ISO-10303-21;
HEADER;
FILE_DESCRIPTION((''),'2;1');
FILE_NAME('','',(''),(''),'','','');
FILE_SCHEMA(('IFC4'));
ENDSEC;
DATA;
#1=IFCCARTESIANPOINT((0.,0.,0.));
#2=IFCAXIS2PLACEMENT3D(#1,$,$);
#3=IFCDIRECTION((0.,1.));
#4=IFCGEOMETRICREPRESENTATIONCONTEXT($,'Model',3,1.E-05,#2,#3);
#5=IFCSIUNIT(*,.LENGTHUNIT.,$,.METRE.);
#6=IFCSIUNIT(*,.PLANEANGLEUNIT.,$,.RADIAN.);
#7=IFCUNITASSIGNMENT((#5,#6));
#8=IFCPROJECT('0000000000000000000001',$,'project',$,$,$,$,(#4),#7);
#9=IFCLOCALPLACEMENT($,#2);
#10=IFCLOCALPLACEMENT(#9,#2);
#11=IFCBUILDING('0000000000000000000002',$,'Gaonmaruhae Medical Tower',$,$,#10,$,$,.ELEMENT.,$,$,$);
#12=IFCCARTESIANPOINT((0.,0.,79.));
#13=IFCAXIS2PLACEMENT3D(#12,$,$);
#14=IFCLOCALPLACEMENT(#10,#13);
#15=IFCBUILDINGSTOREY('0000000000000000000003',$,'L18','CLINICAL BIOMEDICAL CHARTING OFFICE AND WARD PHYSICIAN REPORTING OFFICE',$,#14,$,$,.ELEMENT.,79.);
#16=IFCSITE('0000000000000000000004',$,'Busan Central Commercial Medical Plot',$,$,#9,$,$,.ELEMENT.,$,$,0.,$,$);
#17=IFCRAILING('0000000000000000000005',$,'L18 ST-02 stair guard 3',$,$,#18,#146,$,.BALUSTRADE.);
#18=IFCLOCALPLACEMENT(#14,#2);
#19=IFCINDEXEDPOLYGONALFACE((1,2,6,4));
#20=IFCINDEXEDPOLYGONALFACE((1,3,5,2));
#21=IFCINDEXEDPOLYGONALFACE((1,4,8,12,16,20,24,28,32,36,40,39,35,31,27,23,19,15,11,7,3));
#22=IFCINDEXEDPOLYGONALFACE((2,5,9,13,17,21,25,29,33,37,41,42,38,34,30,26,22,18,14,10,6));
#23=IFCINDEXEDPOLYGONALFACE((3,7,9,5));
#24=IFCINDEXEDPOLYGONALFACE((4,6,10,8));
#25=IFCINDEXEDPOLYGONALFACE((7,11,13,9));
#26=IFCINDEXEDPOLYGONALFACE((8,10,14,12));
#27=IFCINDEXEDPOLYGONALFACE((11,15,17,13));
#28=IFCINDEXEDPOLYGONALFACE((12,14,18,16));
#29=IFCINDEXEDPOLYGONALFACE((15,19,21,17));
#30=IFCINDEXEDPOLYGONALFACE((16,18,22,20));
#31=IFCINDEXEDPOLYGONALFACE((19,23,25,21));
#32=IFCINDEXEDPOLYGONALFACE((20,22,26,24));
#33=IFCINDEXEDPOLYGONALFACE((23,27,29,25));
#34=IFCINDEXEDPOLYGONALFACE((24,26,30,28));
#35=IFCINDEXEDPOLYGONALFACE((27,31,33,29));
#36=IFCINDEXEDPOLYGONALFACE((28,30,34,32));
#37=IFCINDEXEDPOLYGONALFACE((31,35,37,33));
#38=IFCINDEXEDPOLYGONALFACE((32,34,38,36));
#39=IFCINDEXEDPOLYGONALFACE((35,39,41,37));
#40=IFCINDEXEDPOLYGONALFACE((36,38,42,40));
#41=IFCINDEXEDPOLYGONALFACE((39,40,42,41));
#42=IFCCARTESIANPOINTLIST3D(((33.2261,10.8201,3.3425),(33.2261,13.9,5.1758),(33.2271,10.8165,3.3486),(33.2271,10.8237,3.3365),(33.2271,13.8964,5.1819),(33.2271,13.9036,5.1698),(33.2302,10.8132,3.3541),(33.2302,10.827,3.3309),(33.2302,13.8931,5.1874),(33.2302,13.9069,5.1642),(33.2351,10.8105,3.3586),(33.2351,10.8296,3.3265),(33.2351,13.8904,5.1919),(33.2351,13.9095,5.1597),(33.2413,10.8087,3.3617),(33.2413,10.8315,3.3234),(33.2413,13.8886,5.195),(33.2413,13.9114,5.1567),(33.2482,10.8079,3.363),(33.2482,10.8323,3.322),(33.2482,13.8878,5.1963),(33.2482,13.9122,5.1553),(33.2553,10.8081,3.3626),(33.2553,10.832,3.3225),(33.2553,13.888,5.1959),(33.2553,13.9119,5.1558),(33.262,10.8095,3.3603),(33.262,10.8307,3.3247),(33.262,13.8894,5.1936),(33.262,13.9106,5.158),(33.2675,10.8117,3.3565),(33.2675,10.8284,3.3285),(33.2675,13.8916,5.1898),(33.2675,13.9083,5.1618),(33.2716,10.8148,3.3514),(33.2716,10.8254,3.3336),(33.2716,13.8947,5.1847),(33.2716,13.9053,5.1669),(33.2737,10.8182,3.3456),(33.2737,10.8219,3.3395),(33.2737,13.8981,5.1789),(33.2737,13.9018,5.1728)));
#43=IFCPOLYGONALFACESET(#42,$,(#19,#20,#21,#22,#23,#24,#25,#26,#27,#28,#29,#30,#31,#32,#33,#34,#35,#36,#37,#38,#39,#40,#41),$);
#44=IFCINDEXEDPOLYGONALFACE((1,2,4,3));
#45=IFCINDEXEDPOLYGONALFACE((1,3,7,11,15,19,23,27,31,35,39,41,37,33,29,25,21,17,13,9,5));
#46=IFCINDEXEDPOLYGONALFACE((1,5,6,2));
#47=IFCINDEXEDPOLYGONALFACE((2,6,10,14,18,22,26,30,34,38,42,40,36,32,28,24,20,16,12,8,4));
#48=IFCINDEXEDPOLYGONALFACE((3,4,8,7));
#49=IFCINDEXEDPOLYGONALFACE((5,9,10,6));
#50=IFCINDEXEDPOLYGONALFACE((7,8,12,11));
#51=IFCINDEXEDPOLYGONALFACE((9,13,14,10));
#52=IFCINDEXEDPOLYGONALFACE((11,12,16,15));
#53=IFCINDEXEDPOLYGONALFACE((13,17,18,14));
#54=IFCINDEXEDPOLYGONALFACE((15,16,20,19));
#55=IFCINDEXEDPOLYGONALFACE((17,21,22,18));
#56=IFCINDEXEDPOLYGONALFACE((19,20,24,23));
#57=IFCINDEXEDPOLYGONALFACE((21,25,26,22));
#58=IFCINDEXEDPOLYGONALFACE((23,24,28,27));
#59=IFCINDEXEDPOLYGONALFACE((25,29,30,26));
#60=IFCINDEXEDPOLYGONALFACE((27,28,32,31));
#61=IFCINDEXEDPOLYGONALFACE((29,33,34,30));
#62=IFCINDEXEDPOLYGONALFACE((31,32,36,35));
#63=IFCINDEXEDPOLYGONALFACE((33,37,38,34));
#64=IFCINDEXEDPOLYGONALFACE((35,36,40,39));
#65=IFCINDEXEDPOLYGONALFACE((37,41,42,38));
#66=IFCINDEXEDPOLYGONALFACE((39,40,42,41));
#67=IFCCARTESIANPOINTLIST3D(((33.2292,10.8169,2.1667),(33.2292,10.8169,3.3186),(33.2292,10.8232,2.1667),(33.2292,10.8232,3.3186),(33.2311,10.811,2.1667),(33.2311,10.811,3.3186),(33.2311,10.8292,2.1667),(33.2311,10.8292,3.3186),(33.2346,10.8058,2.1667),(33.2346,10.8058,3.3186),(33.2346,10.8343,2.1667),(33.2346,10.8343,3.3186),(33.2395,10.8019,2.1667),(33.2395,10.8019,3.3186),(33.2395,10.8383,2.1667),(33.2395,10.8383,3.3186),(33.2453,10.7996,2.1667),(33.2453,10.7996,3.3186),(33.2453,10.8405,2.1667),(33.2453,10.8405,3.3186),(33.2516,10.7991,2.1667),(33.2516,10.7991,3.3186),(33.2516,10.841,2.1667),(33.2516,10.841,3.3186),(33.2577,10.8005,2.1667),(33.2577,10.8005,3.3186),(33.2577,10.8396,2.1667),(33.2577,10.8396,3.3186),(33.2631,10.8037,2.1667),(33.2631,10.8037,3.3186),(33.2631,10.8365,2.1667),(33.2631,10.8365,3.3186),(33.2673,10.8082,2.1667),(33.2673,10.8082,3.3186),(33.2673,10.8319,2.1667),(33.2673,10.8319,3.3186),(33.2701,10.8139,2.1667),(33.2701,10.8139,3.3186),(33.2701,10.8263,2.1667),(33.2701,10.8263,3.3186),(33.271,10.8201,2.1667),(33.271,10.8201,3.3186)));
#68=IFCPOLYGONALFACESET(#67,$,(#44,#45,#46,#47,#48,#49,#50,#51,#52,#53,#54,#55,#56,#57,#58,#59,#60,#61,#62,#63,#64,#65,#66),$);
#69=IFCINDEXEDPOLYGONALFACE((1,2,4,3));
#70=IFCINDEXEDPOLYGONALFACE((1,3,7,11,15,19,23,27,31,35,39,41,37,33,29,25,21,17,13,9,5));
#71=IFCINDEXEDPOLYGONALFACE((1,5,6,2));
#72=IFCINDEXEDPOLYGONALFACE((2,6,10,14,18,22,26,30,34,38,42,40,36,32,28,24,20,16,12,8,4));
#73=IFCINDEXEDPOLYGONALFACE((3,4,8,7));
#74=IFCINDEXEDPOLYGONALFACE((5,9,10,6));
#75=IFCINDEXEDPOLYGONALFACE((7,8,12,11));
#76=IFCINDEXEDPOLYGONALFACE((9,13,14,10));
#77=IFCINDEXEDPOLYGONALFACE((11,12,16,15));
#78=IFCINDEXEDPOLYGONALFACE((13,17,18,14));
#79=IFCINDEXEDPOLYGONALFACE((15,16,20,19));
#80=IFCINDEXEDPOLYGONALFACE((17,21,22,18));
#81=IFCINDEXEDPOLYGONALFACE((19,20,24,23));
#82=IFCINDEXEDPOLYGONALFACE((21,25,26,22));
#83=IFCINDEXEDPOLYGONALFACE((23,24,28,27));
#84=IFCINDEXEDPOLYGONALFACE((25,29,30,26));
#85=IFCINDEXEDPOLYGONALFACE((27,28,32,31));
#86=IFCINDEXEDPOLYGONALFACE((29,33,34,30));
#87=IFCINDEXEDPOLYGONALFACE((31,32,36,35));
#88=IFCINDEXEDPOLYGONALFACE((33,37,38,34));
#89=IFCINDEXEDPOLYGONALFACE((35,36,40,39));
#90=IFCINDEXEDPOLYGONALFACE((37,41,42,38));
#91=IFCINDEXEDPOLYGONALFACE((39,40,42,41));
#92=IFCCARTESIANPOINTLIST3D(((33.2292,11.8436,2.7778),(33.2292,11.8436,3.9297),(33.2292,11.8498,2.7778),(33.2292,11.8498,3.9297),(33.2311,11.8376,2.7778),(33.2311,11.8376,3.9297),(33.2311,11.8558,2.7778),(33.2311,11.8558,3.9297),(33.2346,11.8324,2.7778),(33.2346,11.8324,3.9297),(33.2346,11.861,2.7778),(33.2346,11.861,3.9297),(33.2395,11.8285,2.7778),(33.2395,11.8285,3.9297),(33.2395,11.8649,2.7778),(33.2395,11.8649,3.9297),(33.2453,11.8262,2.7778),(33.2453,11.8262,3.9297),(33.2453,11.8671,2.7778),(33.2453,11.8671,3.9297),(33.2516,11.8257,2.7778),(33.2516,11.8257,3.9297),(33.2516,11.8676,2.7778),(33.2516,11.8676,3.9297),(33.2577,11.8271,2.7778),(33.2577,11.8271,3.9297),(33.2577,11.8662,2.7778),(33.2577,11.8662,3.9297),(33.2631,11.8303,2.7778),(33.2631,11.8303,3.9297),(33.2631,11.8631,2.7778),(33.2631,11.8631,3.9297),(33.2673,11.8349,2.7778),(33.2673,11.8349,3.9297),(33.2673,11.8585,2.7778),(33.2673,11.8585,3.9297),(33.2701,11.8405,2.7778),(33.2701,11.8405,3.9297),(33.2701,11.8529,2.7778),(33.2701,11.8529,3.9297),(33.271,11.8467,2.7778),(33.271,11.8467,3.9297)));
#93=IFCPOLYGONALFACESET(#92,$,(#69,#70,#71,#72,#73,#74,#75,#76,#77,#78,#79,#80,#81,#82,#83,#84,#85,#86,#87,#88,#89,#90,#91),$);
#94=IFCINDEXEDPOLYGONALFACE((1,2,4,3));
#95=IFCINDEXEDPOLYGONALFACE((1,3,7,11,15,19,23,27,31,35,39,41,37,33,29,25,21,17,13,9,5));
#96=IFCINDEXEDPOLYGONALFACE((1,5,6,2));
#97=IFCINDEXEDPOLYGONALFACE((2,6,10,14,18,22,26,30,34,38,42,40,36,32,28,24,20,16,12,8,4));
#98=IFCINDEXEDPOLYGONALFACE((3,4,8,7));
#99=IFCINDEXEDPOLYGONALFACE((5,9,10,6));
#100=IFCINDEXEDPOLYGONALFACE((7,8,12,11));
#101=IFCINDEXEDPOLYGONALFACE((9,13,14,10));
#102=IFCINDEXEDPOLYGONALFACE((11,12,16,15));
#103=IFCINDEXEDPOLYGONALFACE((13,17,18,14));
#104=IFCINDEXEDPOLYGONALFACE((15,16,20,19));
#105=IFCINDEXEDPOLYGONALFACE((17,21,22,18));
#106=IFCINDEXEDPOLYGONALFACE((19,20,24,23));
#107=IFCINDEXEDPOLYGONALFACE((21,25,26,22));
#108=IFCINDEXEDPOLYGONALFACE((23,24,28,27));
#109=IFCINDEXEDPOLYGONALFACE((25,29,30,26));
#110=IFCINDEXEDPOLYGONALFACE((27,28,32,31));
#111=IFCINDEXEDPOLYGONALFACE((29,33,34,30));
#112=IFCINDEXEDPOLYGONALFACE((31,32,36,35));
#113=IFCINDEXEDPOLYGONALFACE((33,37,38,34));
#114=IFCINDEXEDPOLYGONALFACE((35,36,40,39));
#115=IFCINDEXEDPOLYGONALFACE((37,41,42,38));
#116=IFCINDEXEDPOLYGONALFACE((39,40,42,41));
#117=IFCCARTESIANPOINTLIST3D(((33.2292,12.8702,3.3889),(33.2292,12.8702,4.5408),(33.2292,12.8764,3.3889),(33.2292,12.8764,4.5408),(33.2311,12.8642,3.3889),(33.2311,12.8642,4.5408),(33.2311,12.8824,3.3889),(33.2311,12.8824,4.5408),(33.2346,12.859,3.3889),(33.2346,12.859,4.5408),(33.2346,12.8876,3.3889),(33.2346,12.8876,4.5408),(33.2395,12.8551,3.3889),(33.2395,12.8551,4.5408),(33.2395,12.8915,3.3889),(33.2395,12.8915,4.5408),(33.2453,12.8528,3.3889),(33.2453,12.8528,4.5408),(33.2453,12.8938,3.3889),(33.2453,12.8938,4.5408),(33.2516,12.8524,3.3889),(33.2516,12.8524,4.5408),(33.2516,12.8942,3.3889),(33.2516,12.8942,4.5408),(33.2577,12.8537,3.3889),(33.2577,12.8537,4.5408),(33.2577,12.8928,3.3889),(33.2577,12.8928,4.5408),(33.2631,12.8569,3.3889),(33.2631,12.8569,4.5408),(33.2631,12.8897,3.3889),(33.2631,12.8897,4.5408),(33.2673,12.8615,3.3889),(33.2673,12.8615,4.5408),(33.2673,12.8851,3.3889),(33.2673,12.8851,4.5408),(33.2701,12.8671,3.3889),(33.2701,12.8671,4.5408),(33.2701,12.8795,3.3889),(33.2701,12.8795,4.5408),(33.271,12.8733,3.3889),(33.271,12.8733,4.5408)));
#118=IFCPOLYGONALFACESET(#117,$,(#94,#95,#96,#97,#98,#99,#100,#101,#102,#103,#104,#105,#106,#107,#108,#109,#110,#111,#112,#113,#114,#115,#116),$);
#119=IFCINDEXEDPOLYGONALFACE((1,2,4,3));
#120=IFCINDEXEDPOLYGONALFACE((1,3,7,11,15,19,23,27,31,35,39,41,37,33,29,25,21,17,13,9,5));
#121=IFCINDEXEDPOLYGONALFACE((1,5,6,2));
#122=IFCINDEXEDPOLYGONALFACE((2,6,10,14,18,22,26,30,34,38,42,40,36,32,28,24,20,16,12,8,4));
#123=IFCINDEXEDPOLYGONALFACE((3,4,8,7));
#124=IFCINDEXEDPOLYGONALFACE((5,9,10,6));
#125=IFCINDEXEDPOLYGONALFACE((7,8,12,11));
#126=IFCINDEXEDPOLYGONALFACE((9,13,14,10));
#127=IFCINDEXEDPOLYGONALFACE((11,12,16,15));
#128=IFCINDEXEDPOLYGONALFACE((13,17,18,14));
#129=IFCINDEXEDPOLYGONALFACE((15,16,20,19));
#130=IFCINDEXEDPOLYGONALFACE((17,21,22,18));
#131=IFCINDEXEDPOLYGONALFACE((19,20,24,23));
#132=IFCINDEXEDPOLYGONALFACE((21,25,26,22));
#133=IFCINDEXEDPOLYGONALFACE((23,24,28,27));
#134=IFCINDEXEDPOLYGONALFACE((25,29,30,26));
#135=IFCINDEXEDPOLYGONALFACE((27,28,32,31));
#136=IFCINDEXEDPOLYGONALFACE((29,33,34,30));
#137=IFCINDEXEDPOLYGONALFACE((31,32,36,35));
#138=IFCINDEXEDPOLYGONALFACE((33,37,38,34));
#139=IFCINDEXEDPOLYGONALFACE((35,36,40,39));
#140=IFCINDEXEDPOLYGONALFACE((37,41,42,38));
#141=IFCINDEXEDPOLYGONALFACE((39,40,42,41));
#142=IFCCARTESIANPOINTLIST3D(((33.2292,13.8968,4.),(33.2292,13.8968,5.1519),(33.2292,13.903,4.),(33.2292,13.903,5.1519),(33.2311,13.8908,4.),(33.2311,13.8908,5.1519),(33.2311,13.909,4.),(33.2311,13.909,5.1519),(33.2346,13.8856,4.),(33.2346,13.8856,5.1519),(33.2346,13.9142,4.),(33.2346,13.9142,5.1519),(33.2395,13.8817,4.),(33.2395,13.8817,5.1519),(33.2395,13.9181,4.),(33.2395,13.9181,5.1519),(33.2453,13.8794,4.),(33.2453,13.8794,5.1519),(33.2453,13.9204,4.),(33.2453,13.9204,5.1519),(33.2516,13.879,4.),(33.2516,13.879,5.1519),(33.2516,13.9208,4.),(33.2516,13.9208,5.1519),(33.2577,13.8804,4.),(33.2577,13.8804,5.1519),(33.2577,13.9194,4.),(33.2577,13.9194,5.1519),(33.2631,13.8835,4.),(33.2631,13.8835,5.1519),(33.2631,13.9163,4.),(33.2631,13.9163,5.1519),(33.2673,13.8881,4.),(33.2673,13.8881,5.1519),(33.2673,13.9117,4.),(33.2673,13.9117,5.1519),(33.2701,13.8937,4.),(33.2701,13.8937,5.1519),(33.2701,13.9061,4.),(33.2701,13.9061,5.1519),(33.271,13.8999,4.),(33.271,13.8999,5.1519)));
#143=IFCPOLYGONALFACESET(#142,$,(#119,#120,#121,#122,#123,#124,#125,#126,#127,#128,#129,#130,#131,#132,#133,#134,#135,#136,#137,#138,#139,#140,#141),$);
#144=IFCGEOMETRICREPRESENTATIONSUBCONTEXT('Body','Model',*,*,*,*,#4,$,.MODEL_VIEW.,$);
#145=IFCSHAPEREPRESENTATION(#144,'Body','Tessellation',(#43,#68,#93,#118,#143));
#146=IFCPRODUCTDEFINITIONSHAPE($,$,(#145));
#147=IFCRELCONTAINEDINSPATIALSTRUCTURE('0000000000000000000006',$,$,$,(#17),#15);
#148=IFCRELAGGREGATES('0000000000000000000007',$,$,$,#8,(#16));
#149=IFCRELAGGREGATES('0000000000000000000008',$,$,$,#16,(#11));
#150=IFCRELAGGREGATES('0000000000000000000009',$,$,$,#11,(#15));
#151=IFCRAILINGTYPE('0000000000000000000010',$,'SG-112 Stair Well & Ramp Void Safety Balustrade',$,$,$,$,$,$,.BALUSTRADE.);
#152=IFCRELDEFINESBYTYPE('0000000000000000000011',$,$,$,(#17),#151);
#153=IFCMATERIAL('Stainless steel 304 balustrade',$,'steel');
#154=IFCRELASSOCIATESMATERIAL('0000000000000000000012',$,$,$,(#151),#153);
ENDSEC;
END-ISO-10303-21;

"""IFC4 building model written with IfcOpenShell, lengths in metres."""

from ifc_helpers import new_model, si_unit, direction, frame, origin, origin_2d, place, context, subcontext, project, spatial, circle, extrude, material, type_object, element, save


model = new_model("IFC4")

# Units and contexts
model_context = context("Model", 3, precision=1e-05, world=origin(), true_north=direction((0.0, 1.0)))
body_context = subcontext(model_context, "Body", "Model", "MODEL_VIEW")
ifc_project = project(units=[si_unit("LENGTHUNIT", "METRE"), si_unit("PLANEANGLEUNIT", "RADIAN")], contexts=[model_context])

# Site, building, storey
site_placement = place(None, origin())
site = spatial("IfcSite", under=ifc_project, at=site_placement, Name="Busan Central Commercial Medical Plot", CompositionType="ELEMENT", RefElevation=0.0)
building_placement = place(site_placement, origin())
building = spatial("IfcBuilding", under=site, at=building_placement, Name="Gaonmaruhae Medical Tower", CompositionType="ELEMENT")
storey_placement = place(building_placement, frame((0.0, 0.0, 79.0)))
storey = spatial("IfcBuildingStorey", under=building, at=storey_placement, Name="L18", Description="CLINICAL BIOMEDICAL CHARTING OFFICE AND WARD PHYSICIAN REPORTING OFFICE", CompositionType="ELEMENT", Elevation=79.0)

# Railing
ifc_material_1 = material(Name="Stainless steel 304 balustrade", Category="steel")
railing_type_1 = type_object("IfcRailingType", Name="SG-112 Stair Well & Ramp Void Safety Balustrade", PredefinedType="BALUSTRADE", material=ifc_material_1)
railing_1_placement = place(storey_placement, frame((33.25, 10.8201, 2.1667)))
element("IfcRailing", 1, at=railing_1_placement, inside=storey, type_object=railing_type_1, Name="L18 ST-02 stair guard 3", PredefinedType="BALUSTRADE", context=body_context, shape_type="SweptSolid", body=[
    extrude(circle(Radius=0.0239, at=origin_2d()), frame((0.0, 0.0, 1.1758), z_axis=(0.0, 0.859291, 0.511487), x_axis=(-1.0, 0.0, 0.0)), (0.0, 0.0, 1.0), 3.5842),
    extrude(circle(Radius=0.021, at=origin_2d()), origin(), (0.0, 0.0, 1.0), 1.1519),
    extrude(circle(Radius=0.021, at=origin_2d()), frame((0.0, 1.0266, 0.6111)), (0.0, 0.0, 1.0), 1.1519),
    extrude(circle(Radius=0.021, at=origin_2d()), frame((0.0, 2.0532, 1.2222)), (0.0, 0.0, 1.0), 1.1519),
    extrude(circle(Radius=0.021, at=origin_2d()), frame((0.0, 3.0798, 1.8333)), (0.0, 0.0, 1.0), 1.1519),
])

save(model, "model.ifc")
